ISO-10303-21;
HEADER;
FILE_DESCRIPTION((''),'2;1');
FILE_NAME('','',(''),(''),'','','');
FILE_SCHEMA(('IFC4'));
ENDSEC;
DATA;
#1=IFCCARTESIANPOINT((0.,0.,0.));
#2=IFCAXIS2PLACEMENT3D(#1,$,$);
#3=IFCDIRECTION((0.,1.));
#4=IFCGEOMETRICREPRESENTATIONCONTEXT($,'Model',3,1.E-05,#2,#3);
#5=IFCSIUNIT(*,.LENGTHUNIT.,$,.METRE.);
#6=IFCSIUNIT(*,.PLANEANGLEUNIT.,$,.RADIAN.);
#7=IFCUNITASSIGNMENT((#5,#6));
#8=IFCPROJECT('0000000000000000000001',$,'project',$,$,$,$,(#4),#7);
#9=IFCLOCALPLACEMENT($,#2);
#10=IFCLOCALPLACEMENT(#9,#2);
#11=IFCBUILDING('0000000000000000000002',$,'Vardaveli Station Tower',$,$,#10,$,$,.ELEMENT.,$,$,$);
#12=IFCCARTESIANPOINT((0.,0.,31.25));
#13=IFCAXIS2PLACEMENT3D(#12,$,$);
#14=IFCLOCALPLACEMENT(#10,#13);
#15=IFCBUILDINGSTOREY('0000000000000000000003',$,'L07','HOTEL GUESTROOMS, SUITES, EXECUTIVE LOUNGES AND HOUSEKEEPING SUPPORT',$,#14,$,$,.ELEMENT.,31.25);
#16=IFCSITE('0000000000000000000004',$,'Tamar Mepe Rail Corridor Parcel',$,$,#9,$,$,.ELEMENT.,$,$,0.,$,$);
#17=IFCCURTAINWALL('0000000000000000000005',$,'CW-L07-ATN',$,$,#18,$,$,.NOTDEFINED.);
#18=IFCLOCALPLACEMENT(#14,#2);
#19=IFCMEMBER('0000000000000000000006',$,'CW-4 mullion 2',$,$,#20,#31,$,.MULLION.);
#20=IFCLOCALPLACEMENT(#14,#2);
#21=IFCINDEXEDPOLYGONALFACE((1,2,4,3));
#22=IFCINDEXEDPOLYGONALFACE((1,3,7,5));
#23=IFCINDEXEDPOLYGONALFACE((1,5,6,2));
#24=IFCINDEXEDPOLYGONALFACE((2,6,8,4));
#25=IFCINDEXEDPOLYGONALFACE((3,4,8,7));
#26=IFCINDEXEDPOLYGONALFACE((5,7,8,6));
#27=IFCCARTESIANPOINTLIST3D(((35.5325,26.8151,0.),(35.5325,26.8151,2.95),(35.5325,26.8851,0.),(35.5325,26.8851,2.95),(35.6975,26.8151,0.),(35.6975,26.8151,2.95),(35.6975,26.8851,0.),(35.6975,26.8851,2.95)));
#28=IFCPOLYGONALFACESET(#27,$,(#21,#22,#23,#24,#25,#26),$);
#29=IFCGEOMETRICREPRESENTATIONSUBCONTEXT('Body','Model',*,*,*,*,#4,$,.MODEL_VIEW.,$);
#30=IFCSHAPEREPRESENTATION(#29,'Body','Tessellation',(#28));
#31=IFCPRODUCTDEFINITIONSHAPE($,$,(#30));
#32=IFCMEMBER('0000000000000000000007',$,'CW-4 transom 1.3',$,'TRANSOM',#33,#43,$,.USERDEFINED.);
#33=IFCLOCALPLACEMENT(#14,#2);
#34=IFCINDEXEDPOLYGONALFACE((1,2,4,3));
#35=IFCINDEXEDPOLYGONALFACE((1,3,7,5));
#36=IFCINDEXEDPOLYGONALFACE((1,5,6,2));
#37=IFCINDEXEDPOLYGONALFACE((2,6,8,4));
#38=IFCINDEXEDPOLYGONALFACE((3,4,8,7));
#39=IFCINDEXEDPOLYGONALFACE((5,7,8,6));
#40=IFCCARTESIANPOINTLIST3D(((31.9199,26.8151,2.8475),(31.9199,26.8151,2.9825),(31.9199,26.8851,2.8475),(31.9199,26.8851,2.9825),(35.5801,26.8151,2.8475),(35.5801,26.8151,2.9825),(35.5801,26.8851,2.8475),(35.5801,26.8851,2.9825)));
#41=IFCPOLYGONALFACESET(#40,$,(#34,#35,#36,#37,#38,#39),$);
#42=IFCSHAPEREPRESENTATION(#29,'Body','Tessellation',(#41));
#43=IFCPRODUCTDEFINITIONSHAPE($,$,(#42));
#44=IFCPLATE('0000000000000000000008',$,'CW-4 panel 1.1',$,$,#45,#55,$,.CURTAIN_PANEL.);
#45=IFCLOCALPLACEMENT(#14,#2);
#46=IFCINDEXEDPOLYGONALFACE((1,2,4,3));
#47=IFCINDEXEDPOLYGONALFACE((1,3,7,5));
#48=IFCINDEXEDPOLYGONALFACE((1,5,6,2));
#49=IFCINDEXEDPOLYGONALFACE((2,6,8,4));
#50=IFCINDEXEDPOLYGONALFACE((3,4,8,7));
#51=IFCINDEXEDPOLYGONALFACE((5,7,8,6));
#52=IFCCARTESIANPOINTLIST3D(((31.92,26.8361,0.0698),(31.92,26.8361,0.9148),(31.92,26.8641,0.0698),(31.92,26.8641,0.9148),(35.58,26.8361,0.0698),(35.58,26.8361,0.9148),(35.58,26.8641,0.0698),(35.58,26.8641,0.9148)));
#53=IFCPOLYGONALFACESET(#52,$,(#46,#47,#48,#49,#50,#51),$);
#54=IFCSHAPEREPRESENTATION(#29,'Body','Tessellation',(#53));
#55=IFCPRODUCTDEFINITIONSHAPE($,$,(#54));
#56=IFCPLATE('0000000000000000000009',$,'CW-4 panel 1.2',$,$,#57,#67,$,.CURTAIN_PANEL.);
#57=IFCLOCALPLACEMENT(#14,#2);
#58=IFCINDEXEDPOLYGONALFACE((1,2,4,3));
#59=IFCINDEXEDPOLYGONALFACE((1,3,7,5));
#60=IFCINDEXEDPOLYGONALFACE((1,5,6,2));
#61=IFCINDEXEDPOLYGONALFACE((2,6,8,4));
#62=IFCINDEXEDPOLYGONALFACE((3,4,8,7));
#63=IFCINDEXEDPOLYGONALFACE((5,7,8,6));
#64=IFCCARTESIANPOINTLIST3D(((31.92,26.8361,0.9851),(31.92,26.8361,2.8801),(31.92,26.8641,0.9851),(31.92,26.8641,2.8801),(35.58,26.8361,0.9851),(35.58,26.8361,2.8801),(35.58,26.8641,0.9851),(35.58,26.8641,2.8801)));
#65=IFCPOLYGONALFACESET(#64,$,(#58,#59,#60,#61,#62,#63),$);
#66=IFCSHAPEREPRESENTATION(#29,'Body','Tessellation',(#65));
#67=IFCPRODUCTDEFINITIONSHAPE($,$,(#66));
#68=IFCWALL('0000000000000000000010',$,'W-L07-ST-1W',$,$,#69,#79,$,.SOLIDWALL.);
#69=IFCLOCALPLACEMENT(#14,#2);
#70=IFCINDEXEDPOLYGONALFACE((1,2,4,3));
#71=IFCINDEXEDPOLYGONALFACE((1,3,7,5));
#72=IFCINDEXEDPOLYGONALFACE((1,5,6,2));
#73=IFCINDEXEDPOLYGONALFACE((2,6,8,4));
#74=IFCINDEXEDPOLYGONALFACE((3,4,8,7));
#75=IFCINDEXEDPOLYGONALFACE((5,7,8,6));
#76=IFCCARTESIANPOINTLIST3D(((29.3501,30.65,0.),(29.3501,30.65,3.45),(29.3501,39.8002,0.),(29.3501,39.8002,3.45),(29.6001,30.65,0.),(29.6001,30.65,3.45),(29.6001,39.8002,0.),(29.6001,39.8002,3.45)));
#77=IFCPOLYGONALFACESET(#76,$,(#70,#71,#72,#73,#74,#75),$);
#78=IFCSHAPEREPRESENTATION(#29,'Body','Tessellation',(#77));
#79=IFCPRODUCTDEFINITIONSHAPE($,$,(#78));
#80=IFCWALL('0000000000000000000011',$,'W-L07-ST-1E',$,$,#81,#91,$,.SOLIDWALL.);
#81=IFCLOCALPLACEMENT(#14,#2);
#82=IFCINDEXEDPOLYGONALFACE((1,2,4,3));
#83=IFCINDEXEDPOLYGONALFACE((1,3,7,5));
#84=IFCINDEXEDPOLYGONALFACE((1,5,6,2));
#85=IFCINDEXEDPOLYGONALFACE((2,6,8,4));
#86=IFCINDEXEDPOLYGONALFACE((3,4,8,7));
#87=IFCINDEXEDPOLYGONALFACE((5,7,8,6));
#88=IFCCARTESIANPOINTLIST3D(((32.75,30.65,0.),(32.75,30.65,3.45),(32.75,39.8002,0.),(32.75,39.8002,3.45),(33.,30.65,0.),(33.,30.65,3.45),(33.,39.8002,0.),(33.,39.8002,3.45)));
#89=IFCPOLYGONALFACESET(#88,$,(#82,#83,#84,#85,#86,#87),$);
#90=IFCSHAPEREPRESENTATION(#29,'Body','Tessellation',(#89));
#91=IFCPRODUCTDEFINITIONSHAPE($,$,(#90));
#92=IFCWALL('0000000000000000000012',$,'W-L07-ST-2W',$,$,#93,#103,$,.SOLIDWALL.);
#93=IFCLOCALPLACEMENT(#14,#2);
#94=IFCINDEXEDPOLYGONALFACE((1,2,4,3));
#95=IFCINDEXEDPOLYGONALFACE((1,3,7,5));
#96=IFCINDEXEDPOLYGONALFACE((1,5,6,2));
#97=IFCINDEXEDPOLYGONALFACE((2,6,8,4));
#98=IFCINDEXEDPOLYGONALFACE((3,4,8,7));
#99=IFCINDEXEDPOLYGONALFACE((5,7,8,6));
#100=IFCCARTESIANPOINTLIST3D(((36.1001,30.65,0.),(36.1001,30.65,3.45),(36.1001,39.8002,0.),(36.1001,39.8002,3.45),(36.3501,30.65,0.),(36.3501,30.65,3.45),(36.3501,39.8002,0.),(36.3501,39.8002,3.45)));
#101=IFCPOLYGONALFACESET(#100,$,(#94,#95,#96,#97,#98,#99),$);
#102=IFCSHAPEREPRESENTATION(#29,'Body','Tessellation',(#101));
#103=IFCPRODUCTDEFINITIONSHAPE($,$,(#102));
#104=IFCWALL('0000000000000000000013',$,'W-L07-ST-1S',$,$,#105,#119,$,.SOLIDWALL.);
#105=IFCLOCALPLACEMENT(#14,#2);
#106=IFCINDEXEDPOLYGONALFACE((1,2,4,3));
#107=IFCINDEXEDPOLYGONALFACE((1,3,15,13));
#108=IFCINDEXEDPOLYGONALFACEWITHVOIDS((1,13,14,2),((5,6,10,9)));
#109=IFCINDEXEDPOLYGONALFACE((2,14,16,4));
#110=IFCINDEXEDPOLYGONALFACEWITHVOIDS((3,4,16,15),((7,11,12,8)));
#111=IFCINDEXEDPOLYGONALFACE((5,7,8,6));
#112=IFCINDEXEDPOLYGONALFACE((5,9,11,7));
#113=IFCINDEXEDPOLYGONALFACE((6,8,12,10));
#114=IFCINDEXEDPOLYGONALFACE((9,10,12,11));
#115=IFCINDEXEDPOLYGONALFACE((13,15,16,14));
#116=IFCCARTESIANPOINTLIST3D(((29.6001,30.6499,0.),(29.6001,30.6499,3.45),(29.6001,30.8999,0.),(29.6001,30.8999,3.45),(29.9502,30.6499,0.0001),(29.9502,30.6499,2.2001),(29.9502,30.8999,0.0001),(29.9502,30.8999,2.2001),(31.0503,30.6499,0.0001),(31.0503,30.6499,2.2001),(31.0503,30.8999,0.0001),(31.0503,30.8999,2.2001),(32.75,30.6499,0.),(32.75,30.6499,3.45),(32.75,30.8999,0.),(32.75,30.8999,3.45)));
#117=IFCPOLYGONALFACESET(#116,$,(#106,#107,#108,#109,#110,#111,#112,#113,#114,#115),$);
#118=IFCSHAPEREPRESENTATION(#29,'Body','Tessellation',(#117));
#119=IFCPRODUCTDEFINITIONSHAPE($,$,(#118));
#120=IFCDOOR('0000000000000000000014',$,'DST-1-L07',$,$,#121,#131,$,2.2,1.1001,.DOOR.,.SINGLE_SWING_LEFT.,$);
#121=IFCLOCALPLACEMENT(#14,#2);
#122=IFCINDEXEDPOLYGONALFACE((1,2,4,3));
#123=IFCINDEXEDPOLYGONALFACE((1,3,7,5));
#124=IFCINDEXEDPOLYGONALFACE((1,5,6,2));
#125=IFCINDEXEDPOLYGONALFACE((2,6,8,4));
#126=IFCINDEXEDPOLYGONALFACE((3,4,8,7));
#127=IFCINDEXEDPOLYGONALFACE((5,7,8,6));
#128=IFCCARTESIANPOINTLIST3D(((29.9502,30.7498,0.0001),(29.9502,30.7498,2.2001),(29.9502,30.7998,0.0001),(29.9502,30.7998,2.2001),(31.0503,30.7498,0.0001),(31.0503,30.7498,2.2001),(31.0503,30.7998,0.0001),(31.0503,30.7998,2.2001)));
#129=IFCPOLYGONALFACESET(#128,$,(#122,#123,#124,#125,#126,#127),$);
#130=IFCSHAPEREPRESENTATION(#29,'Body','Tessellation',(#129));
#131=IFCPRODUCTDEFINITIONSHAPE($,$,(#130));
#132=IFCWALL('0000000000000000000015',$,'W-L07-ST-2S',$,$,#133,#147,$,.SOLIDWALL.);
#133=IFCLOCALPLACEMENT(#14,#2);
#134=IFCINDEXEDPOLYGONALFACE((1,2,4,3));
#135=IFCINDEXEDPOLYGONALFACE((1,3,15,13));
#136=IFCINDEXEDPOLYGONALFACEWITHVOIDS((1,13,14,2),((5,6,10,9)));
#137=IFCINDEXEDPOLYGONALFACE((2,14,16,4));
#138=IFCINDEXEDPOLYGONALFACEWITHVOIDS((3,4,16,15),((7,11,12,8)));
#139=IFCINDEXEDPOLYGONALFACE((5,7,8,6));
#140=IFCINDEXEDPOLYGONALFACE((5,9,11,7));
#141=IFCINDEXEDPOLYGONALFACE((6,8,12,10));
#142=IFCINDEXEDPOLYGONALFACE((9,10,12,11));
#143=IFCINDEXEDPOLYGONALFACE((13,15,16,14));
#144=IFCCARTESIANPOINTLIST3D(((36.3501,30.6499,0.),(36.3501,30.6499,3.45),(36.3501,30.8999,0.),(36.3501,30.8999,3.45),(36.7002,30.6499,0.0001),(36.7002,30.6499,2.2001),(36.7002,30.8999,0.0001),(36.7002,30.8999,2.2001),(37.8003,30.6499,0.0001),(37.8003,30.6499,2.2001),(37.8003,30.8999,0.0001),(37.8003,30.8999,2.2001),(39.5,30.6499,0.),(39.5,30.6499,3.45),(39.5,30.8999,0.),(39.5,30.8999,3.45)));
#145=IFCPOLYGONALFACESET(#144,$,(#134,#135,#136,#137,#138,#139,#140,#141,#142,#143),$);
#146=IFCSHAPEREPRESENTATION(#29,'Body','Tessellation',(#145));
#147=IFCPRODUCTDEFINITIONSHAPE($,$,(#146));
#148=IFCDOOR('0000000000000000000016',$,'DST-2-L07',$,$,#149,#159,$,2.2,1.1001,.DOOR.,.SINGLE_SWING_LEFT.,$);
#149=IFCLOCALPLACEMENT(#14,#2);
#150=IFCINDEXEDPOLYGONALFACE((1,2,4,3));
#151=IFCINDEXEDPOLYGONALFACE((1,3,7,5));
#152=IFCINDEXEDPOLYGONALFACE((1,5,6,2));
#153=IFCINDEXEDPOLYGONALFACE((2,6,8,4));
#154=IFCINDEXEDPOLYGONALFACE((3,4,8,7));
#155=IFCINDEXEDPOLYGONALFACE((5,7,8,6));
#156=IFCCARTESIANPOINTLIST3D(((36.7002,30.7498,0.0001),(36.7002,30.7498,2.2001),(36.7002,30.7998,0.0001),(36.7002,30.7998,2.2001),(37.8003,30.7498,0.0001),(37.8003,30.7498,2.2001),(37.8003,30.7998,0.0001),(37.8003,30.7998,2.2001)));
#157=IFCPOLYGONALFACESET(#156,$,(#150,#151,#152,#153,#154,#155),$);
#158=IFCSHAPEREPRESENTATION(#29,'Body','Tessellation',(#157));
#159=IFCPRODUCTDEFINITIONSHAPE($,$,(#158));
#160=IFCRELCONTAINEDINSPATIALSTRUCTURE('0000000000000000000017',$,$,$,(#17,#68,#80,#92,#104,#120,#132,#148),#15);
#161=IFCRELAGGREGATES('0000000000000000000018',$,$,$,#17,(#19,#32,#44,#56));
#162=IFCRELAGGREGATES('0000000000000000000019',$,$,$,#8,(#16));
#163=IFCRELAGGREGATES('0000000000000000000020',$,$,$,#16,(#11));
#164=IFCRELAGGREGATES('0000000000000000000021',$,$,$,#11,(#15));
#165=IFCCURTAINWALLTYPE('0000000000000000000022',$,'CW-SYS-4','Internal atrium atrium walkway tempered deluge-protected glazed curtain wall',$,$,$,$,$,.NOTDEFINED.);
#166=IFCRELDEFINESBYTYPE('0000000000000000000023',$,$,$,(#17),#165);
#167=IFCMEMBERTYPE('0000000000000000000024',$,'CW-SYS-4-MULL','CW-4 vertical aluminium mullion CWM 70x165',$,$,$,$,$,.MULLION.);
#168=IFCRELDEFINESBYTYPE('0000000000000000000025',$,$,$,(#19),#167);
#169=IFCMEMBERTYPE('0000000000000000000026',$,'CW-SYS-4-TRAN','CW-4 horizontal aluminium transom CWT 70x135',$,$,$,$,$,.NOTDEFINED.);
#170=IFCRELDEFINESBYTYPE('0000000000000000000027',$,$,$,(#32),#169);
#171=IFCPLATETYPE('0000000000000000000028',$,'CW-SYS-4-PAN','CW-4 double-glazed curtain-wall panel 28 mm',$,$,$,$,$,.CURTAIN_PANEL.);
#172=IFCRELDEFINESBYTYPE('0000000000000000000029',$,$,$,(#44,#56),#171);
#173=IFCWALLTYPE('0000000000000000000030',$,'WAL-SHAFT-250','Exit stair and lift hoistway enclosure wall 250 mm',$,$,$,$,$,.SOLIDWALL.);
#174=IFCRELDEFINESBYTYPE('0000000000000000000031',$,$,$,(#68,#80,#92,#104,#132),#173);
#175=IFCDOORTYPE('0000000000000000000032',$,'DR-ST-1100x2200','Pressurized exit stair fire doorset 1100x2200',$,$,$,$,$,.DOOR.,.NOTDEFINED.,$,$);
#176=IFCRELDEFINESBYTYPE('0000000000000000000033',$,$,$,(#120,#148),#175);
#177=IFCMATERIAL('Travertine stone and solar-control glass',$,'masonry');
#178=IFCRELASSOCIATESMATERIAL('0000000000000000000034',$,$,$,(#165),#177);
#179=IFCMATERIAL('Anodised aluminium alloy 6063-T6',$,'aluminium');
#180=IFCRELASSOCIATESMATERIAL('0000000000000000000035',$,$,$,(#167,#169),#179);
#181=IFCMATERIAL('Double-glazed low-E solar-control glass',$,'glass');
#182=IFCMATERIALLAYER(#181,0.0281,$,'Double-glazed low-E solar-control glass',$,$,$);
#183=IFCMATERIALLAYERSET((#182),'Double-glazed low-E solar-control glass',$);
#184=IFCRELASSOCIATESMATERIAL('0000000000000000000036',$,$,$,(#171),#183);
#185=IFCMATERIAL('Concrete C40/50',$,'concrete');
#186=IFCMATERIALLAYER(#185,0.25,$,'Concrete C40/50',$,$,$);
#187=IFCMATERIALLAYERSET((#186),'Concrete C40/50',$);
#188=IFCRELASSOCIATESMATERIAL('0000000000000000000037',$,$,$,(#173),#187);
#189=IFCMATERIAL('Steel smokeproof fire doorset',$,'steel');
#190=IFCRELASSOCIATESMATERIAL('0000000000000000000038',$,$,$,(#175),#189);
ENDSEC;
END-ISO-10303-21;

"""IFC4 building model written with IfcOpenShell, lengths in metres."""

from ifc_helpers import new_model, si_unit, direction, frame, frame_2d, origin, origin_2d, place, context, subcontext, project, spatial, rectangle, extrude, source, transform, mapped, material, layer, layer_set, material_profile, profile_set, type_object, element, fill, aggregate, save


model = new_model("IFC4")

# Units and contexts
model_context = context("Model", 3, precision=1e-05, world=origin(), true_north=direction((0.0, 1.0)))
body_context = subcontext(model_context, "Body", "Model", "MODEL_VIEW")
ifc_project = project(units=[si_unit("LENGTHUNIT", "METRE"), si_unit("PLANEANGLEUNIT", "RADIAN")], contexts=[model_context])

# Site, building, storey
site_placement = place(None, origin())
site = spatial("IfcSite", under=ifc_project, at=site_placement, Name="Tamar Mepe Rail Corridor Parcel", CompositionType="ELEMENT", RefElevation=0.0)
building_placement = place(site_placement, origin())
building = spatial("IfcBuilding", under=site, at=building_placement, Name="Vardaveli Station Tower", CompositionType="ELEMENT")
storey_placement = place(building_placement, frame((0.0, 0.0, 31.25)))
storey = spatial("IfcBuildingStorey", under=building, at=storey_placement, Name="L07", Description="HOTEL GUESTROOMS, SUITES, EXECUTIVE LOUNGES AND HOUSEKEEPING SUPPORT", CompositionType="ELEMENT", Elevation=31.25)

# Curtain wall, members, plates
ifc_material_1 = material(Name="Travertine stone and solar-control glass", Category="masonry")
curtain_wall_type = type_object("IfcCurtainWallType", Name="CW-SYS-4", Description="Internal atrium atrium walkway tempered deluge-protected glazed curtain wall", PredefinedType="NOTDEFINED", material=ifc_material_1)
curtain_wall_placement = place(storey_placement, origin())
curtain_wall = element("IfcCurtainWall", 1, at=curtain_wall_placement, inside=storey, type_object=curtain_wall_type, Name="CW-L07-ATN", PredefinedType="NOTDEFINED")
ifc_material_2 = material(Name="Anodised aluminium alloy 6063-T6", Category="aluminium")
ifc_material_profile_1 = material_profile(ifc_material_2, rectangle(XDim=0.0701, YDim=0.165, at=origin_2d()), Name="CWM 70x165")
ifc_profile_set_1 = profile_set([ifc_material_profile_1], Name="Anodised aluminium alloy 6063-T6")
member_type_1 = type_object("IfcMemberType", Name="CW-SYS-4-MULL", Description="CW-4 vertical aluminium mullion CWM 70x165", PredefinedType="MULLION", material=ifc_profile_set_1)
shared_shape_1 = source(origin(), body_context, "Body", "SweptSolid", [
    extrude(rectangle(XDim=0.0701, YDim=0.165, at=origin_2d()), origin(), (0.0, 0.0, 1.0), 2.95),
])
member_1_placement = place(storey_placement, frame((35.615, 26.8501, 0.0), z_axis=(0.0, 0.0, 1.0), x_axis=(0.0, 1.0, 0.0)))
member_1 = element("IfcMember", 2, at=member_1_placement, type_object=member_type_1, Name="CW-4 mullion 2", PredefinedType="MULLION", context=body_context, shape_type="MappedRepresentation", body=[
    mapped(shared_shape_1, transform((0.0, 0.0, 0.0), scale=1.0)),
])
ifc_material_profile_2 = material_profile(ifc_material_2, rectangle(XDim=0.0701, YDim=0.135, at=origin_2d()), Name="CWT 70x135")
ifc_profile_set_2 = profile_set([ifc_material_profile_2], Name="Anodised aluminium alloy 6063-T6")
member_type_2 = type_object("IfcMemberType", Name="CW-SYS-4-TRAN", Description="CW-4 horizontal aluminium transom CWT 70x135", PredefinedType="NOTDEFINED", material=ifc_profile_set_2)
shared_shape_2 = source(origin(), body_context, "Body", "SweptSolid", [
    extrude(rectangle(XDim=0.0701, YDim=0.135, at=origin_2d()), origin(), (0.0, 0.0, 1.0), 3.6602),
])
member_2_placement = place(storey_placement, frame((31.9199, 26.8501, 2.915), z_axis=(1.0, 0.0, 0.0), x_axis=(0.0, 1.0, 0.0)))
member_2 = element("IfcMember", 3, at=member_2_placement, type_object=member_type_2, Name="CW-4 transom 1.3", ObjectType="TRANSOM", PredefinedType="USERDEFINED", context=body_context, shape_type="MappedRepresentation", body=[
    mapped(shared_shape_2, transform((0.0, 0.0, 0.0), scale=1.0)),
])
ifc_material_3 = material(Name="Double-glazed low-E solar-control glass", Category="glass")
ifc_layer_1 = layer(ifc_material_3, 0.0281, Name="Double-glazed low-E solar-control glass")
ifc_layer_set_1 = layer_set([ifc_layer_1], Name="Double-glazed low-E solar-control glass")
plate_type = type_object("IfcPlateType", Name="CW-SYS-4-PAN", Description="CW-4 double-glazed curtain-wall panel 28 mm", PredefinedType="CURTAIN_PANEL", material=ifc_layer_set_1)
shared_shape_3 = source(origin(), body_context, "Body", "SweptSolid", [
    extrude(rectangle(XDim=3.6599, YDim=0.0281, at=origin_2d()), origin(), (0.0, 0.0, 1.0), 0.845),
])
plate_1_placement = place(storey_placement, frame((33.75, 26.8501, 0.0698), z_axis=(0.0, 0.0, 1.0), x_axis=(1.0, 0.0, 0.0)))
plate_1 = element("IfcPlate", 4, at=plate_1_placement, type_object=plate_type, Name="CW-4 panel 1.1", PredefinedType="CURTAIN_PANEL", context=body_context, shape_type="MappedRepresentation", body=[
    mapped(shared_shape_3, transform((0.0, 0.0, 0.0), scale=1.0)),
])
shared_shape_4 = source(origin(), body_context, "Body", "SweptSolid", [
    extrude(rectangle(XDim=3.6599, YDim=0.0281, at=origin_2d()), origin(), (0.0, 0.0, 1.0), 1.895),
])
plate_2_placement = place(storey_placement, frame((33.75, 26.8501, 0.9851), z_axis=(0.0, 0.0, 1.0), x_axis=(1.0, 0.0, 0.0)))
plate_2 = element("IfcPlate", 5, at=plate_2_placement, type_object=plate_type, Name="CW-4 panel 1.2", PredefinedType="CURTAIN_PANEL", context=body_context, shape_type="MappedRepresentation", body=[
    mapped(shared_shape_4, transform((0.0, 0.0, 0.0), scale=1.0)),
])
aggregate(curtain_wall, [member_1, member_2, plate_1, plate_2])

# Walls
ifc_material_4 = material(Name="Concrete C40/50", Category="concrete")
ifc_layer_2 = layer(ifc_material_4, 0.25, Name="Concrete C40/50")
ifc_layer_set_2 = layer_set([ifc_layer_2], Name="Concrete C40/50")
wall_type_1 = type_object("IfcWallType", Name="WAL-SHAFT-250", Description="Exit stair and lift hoistway enclosure wall 250 mm", PredefinedType="SOLIDWALL", material=ifc_layer_set_2)
shared_shape_5 = source(origin(), body_context, "Body", "SweptSolid", [
    extrude(rectangle(XDim=9.1501, YDim=0.25, at=frame_2d((4.5752, 0.0))), origin(), (0.0, 0.0, 1.0), 3.45),
])
for number, where, z_axis, x_axis, name in (
    (6, (29.4751, 30.6499, 0.0), (0.0, 0.0, 1.0), (0.0, 1.0, 0.0), "W-L07-ST-1W"),
    (7, (32.875, 30.6499, 0.0), (0.0, 0.0, 1.0), (0.0, 1.0, 0.0), "W-L07-ST-1E"),
    (8, (36.2251, 30.6499, 0.0), (0.0, 0.0, 1.0), (0.0, 1.0, 0.0), "W-L07-ST-2W"),
):
    element("IfcWall", number, at=place(storey_placement, frame(where, z_axis=z_axis, x_axis=x_axis)), inside=storey, type_object=wall_type_1, Name=name, PredefinedType="SOLIDWALL", context=body_context, shape_type="MappedRepresentation", body=[
        mapped(shared_shape_5, transform((0.0, 0.0, 0.0), scale=1.0)),
    ])

# Walls, openings, doors
shared_shape_6 = source(origin(), body_context, "Body", "SweptSolid", [
    extrude(rectangle(XDim=3.1499, YDim=0.25, at=frame_2d((1.575, 0.0))), origin(), (0.0, 0.0, 1.0), 3.45),
])
wall_1_placement = place(storey_placement, frame((29.6001, 30.7749, 0.0), z_axis=(0.0, 0.0, 1.0), x_axis=(1.0, 0.0, 0.0)))
wall_1 = element("IfcWall", 9, at=wall_1_placement, inside=storey, type_object=wall_type_1, Name="W-L07-ST-1S", PredefinedType="SOLIDWALL", context=body_context, shape_type="MappedRepresentation", body=[
    mapped(shared_shape_6, transform((0.0, 0.0, 0.0), scale=1.0)),
])
shared_shape_7 = source(origin(), body_context, "Body", "SweptSolid", [
    extrude(rectangle(XDim=1.1001, YDim=2.2, at=frame_2d((0.55, 1.1001))), frame((0.0, 0.135, 0.0), z_axis=(0.0, -1.0, 0.0), x_axis=(1.0, 0.0, 0.0)), (0.0, 0.0, 1.0), 0.27),
])
opening_1_placement = place(wall_1_placement, frame((0.3501, 0.0, 0.0)))
opening_1 = element("IfcOpeningElement", 10, at=opening_1_placement, cuts=wall_1, PredefinedType="OPENING", context=body_context, shape_type="MappedRepresentation", body=[
    mapped(shared_shape_7, transform((0.0, 0.0, 0.0), scale=1.0)),
])
ifc_material_5 = material(Name="Steel smokeproof fire doorset", Category="steel")
door_type_1 = type_object("IfcDoorType", Name="DR-ST-1100x2200", Description="Pressurized exit stair fire doorset 1100x2200", OperationType="NOTDEFINED", PredefinedType="DOOR", material=ifc_material_5)
shared_shape_8 = source(origin(), body_context, "Body", "SweptSolid", [
    extrude(rectangle(XDim=1.1001, YDim=2.2, at=frame_2d((0.55, 1.1001))), frame((0.0, 0.0249, 0.0), z_axis=(0.0, -1.0, 0.0), x_axis=(1.0, 0.0, 0.0)), (0.0, 0.0, 1.0), 0.05),
])
door_1_placement = place(opening_1_placement, origin())
door_1 = element("IfcDoor", 11, at=door_1_placement, inside=storey, type_object=door_type_1, Name="DST-1-L07", OperationType="SINGLE_SWING_LEFT", OverallHeight=2.2, OverallWidth=1.1001, PredefinedType="DOOR", context=body_context, shape_type="MappedRepresentation", body=[
    mapped(shared_shape_8, transform((0.0, 0.0, 0.0), scale=1.0)),
])
fill(opening_1, door_1)
wall_2_placement = place(storey_placement, frame((36.3501, 30.7749, 0.0), z_axis=(0.0, 0.0, 1.0), x_axis=(1.0, 0.0, 0.0)))
wall_2 = element("IfcWall", 12, at=wall_2_placement, inside=storey, type_object=wall_type_1, Name="W-L07-ST-2S", PredefinedType="SOLIDWALL", context=body_context, shape_type="MappedRepresentation", body=[
    mapped(shared_shape_6, transform((0.0, 0.0, 0.0), scale=1.0)),
])
opening_2_placement = place(wall_2_placement, frame((0.3501, 0.0, 0.0)))
opening_2 = element("IfcOpeningElement", 13, at=opening_2_placement, cuts=wall_2, PredefinedType="OPENING", context=body_context, shape_type="MappedRepresentation", body=[
    mapped(shared_shape_7, transform((0.0, 0.0, 0.0), scale=1.0)),
])
door_2_placement = place(opening_2_placement, origin())
door_2 = element("IfcDoor", 14, at=door_2_placement, inside=storey, type_object=door_type_1, Name="DST-2-L07", OperationType="SINGLE_SWING_LEFT", OverallHeight=2.2, OverallWidth=1.1001, PredefinedType="DOOR", context=body_context, shape_type="MappedRepresentation", body=[
    mapped(shared_shape_8, transform((0.0, 0.0, 0.0), scale=1.0)),
])
fill(opening_2, door_2)

save(model, "model.ifc")
